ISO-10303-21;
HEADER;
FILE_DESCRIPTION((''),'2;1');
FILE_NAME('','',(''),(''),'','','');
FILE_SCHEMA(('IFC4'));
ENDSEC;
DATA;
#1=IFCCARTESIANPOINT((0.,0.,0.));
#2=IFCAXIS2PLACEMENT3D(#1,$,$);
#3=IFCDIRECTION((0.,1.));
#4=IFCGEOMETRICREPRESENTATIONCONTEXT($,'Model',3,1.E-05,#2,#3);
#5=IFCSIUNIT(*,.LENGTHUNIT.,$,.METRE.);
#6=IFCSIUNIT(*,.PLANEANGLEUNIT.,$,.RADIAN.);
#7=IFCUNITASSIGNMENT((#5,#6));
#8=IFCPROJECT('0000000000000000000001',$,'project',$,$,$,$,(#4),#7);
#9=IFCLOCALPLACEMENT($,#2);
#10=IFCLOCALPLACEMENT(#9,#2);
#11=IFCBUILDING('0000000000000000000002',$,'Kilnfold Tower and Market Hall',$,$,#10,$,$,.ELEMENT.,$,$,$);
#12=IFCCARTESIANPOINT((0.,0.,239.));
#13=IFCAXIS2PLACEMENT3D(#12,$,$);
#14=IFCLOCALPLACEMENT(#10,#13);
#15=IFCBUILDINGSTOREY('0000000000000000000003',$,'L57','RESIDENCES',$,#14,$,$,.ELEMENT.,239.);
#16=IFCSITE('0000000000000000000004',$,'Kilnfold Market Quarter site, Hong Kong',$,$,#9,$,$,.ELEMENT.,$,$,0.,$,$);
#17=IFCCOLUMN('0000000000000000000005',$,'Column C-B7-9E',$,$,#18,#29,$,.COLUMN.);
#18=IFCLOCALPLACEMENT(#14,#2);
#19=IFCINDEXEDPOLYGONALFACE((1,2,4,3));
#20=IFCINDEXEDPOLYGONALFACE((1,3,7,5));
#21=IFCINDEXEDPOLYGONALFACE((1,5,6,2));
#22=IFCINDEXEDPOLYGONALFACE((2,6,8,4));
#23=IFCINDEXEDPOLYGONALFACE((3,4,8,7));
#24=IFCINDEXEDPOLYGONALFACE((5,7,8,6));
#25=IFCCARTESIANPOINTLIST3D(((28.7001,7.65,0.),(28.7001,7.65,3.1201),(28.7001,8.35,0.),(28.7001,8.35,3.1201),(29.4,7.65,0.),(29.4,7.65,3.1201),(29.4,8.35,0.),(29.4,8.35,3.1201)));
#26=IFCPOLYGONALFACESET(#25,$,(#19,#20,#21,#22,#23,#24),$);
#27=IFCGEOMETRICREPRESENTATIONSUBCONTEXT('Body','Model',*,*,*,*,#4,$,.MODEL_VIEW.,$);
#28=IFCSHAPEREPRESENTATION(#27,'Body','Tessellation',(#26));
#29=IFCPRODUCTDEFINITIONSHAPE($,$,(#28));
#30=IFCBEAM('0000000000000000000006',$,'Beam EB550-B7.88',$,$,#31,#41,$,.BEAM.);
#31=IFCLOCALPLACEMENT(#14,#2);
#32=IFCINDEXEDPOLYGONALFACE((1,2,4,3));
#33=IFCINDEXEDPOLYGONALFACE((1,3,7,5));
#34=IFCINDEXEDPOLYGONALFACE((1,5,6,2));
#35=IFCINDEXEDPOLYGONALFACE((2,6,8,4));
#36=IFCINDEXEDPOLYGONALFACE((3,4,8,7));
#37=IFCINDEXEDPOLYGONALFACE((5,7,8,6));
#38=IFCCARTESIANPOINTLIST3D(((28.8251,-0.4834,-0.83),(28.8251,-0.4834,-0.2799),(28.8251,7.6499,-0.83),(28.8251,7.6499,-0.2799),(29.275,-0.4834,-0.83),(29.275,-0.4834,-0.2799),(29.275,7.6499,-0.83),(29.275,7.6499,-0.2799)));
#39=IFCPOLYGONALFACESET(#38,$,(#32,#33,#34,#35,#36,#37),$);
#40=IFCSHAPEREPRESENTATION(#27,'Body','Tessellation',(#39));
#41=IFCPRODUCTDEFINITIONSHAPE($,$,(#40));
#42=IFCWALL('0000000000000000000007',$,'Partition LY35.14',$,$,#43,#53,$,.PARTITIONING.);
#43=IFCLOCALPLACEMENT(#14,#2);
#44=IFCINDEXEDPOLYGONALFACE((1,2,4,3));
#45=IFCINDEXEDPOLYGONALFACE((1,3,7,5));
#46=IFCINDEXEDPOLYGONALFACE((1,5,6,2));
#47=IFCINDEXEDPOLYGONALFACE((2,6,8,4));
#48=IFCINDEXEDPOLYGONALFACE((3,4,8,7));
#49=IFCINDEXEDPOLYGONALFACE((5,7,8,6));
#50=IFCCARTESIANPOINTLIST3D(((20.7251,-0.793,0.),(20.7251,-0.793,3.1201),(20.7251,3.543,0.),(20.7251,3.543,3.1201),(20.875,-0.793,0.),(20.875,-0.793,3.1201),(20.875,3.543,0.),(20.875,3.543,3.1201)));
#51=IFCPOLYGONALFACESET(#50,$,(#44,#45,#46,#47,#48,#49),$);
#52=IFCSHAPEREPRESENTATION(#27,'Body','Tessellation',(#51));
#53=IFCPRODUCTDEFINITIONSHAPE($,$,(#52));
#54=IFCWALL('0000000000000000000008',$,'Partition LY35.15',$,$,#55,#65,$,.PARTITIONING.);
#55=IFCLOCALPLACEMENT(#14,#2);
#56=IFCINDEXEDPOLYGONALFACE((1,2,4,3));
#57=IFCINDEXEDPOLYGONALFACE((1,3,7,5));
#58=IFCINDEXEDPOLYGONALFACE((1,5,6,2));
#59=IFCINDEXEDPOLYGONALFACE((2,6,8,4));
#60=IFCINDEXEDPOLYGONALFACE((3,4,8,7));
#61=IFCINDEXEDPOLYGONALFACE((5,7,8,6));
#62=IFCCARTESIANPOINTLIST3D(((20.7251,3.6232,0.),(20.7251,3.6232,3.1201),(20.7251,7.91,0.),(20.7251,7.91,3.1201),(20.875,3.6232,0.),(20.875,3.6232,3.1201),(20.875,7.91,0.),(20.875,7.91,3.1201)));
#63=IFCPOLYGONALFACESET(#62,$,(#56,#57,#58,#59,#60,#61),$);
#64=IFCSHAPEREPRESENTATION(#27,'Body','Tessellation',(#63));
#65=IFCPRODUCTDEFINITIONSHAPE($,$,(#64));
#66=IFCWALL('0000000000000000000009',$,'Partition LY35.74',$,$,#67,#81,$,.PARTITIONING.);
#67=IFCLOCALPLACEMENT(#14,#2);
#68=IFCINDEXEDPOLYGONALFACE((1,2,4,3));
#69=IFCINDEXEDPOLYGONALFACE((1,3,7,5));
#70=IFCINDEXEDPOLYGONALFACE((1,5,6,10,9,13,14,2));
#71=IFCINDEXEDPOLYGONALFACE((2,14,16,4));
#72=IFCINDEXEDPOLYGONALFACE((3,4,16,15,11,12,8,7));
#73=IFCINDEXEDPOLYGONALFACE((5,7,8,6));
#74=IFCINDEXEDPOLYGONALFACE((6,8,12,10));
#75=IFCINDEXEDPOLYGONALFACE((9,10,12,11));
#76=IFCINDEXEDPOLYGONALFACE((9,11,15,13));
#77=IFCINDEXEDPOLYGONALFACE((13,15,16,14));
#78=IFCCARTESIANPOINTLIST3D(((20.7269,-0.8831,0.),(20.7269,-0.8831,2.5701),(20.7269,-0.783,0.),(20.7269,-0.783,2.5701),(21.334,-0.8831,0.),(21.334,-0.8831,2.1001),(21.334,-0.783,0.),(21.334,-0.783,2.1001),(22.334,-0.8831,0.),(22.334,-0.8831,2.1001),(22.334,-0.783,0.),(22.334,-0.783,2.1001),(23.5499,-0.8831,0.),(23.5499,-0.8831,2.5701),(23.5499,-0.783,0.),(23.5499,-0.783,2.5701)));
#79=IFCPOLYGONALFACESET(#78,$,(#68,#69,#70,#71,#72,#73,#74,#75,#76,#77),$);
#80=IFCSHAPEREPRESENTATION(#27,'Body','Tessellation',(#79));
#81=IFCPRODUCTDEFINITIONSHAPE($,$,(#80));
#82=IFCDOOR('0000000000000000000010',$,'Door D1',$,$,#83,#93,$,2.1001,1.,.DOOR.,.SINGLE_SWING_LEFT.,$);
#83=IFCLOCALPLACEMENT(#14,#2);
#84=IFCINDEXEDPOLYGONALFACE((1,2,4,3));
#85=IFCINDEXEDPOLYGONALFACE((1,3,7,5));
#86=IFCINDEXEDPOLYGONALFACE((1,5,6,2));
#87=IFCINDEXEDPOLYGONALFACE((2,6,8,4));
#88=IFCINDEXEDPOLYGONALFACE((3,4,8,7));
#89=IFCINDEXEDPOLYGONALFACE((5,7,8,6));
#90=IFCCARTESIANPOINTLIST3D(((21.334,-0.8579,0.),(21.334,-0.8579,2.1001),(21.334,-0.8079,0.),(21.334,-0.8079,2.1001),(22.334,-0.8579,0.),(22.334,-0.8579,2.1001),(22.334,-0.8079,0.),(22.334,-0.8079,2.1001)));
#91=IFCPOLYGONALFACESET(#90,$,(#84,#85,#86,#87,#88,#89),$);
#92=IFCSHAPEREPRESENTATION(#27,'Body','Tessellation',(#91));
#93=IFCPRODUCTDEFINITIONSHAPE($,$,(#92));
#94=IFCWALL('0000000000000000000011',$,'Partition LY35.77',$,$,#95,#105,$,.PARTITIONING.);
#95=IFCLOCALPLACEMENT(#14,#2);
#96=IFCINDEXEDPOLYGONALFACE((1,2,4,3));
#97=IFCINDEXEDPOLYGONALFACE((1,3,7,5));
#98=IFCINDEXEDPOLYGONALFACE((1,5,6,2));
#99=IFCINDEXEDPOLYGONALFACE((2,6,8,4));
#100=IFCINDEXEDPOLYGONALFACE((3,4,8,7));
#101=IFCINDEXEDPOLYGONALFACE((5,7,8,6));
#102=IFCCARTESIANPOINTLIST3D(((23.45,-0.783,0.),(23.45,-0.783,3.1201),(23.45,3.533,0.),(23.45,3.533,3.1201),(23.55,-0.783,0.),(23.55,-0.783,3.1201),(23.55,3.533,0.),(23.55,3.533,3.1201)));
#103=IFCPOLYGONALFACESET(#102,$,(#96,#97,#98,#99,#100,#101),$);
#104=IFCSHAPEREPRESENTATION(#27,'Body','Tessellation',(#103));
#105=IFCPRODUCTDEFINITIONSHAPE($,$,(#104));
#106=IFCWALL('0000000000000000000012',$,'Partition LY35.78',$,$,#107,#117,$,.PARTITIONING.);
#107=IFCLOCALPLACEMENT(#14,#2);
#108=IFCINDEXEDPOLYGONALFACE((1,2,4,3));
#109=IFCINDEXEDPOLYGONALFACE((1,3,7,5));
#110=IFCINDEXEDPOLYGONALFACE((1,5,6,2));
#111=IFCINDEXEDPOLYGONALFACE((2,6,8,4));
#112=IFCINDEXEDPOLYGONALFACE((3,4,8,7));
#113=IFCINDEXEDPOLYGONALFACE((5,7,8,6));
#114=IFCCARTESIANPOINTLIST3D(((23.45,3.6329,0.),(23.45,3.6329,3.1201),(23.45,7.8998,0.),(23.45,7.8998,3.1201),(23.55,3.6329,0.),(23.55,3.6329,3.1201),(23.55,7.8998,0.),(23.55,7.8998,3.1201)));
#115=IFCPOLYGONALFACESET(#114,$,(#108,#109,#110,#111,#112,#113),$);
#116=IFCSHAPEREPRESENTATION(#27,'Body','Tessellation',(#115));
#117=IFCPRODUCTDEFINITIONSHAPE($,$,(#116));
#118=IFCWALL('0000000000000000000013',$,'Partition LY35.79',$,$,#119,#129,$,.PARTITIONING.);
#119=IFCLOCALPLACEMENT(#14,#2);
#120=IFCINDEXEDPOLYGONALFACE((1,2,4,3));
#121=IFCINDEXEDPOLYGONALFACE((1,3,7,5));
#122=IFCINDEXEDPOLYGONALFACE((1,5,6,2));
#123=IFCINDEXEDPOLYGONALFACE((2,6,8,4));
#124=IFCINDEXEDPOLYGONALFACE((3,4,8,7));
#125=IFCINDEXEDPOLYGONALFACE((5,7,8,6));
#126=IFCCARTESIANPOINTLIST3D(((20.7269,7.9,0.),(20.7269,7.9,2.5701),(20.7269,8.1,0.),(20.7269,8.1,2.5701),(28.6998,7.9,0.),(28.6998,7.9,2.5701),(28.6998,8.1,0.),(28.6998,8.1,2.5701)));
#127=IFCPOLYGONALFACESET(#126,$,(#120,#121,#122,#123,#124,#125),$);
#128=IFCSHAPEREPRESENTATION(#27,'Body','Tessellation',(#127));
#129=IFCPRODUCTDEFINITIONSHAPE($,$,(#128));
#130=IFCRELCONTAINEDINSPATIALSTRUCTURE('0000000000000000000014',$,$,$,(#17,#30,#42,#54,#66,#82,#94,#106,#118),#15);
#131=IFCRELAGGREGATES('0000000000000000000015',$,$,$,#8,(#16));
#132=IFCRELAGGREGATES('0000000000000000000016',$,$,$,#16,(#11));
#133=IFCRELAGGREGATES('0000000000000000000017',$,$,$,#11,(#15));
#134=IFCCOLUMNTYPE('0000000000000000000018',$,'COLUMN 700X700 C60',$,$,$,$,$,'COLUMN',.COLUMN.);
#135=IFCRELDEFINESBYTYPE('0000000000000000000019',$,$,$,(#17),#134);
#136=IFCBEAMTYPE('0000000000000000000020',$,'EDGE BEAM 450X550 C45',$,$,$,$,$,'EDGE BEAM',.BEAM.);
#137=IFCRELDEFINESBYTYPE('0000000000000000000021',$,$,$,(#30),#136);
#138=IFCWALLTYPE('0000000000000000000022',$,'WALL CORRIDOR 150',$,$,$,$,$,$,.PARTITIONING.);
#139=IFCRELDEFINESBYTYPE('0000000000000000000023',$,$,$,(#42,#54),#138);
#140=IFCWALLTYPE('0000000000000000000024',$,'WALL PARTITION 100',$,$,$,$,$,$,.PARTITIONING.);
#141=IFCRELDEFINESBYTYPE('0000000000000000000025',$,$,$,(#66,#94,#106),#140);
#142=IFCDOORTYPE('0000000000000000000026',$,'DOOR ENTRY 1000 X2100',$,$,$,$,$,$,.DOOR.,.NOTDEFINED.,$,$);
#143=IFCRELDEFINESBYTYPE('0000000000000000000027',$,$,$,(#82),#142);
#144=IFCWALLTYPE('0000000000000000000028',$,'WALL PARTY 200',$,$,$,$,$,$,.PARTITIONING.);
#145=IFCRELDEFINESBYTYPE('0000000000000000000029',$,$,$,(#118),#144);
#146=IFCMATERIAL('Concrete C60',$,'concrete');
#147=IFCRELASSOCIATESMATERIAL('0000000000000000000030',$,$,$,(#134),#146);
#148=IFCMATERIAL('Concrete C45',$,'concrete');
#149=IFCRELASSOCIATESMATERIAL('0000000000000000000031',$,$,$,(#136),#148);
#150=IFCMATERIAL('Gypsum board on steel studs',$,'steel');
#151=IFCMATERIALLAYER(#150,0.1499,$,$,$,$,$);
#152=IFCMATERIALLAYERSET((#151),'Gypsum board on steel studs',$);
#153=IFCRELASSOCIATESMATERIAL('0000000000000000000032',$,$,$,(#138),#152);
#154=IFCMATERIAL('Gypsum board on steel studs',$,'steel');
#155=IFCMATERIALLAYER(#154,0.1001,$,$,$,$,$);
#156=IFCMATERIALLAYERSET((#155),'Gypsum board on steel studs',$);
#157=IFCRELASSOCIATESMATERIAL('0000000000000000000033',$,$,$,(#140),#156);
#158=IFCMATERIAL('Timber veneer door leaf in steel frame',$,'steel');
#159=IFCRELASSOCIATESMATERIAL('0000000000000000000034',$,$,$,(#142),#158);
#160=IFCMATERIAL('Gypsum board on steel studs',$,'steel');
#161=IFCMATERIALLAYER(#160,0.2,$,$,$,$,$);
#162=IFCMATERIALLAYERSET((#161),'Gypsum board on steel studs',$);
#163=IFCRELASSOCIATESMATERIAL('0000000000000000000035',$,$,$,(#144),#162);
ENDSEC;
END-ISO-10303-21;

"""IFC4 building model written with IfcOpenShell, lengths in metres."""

from ifc_helpers import new_model, si_unit, direction, frame, frame_2d, origin, origin_2d, place, context, subcontext, project, spatial, rectangle, extrude, source, transform, mapped, material, layer, layer_set, material_profile, profile_set, type_object, element, fill, save


model = new_model("IFC4")

# Units and contexts
model_context = context("Model", 3, precision=1e-05, world=origin(), true_north=direction((0.0, 1.0)))
body_context = subcontext(model_context, "Body", "Model", "MODEL_VIEW")
ifc_project = project(units=[si_unit("LENGTHUNIT", "METRE"), si_unit("PLANEANGLEUNIT", "RADIAN")], contexts=[model_context])

# Site, building, storey
site_placement = place(None, origin())
site = spatial("IfcSite", under=ifc_project, at=site_placement, Name="Kilnfold Market Quarter site, Hong Kong", CompositionType="ELEMENT", RefElevation=0.0)
building_placement = place(site_placement, origin())
building = spatial("IfcBuilding", under=site, at=building_placement, Name="Kilnfold Tower and Market Hall", CompositionType="ELEMENT")
storey_placement = place(building_placement, frame((0.0, 0.0, 239.0)))
storey = spatial("IfcBuildingStorey", under=building, at=storey_placement, Name="L57", Description="RESIDENCES", CompositionType="ELEMENT", Elevation=239.0)

# Column
ifc_material_1 = material(Name="Concrete C60", Category="concrete")
ifc_material_profile_1 = material_profile(ifc_material_1, rectangle(XDim=0.7, YDim=0.7, at=origin_2d()), Name="RC 700x700")
ifc_profile_set_1 = profile_set([ifc_material_profile_1], Name="Concrete C60")
column_type = type_object("IfcColumnType", Name="COLUMN 700X700 C60", ElementType="COLUMN", PredefinedType="COLUMN", material=ifc_profile_set_1)
shared_shape_1 = source(origin(), body_context, "Body", "SweptSolid", [
    extrude(rectangle(XDim=0.7, YDim=0.7, at=origin_2d()), origin(), (0.0, 0.0, 1.0), 3.1201),
])
column_placement = place(storey_placement, frame((29.05, 8.0, 0.0), z_axis=(0.0, 0.0, 1.0), x_axis=(1.0, 0.0, 0.0)))
element("IfcColumn", 1, at=column_placement, inside=storey, type_object=column_type, Name="Column C-B7-9E", PredefinedType="COLUMN", context=body_context, shape_type="MappedRepresentation", body=[
    mapped(shared_shape_1, transform((0.0, 0.0, 0.0))),
])

# Beam
ifc_material_2 = material(Name="Concrete C45", Category="concrete")
ifc_material_profile_2 = material_profile(ifc_material_2, rectangle(XDim=0.45, YDim=0.55, at=origin_2d()), Name="RC 450x550")
ifc_profile_set_2 = profile_set([ifc_material_profile_2], Name="Concrete C45")
beam_type = type_object("IfcBeamType", Name="EDGE BEAM 450X550 C45", ElementType="EDGE BEAM", PredefinedType="BEAM", material=ifc_profile_set_2)
shared_shape_2 = source(origin(), body_context, "Body", "SweptSolid", [
    extrude(rectangle(XDim=0.45, YDim=0.55, at=origin_2d()), origin(), (0.0, 0.0, 1.0), 8.1333),
])
beam_placement = place(storey_placement, frame((29.05, -0.4834, -0.5549), z_axis=(0.0, 1.0, 0.0), x_axis=(-1.0, 0.0, 0.0)))
element("IfcBeam", 2, at=beam_placement, inside=storey, type_object=beam_type, Name="Beam EB550-B7.88", PredefinedType="BEAM", context=body_context, shape_type="MappedRepresentation", body=[
    mapped(shared_shape_2, transform((0.0, 0.0, 0.0))),
])

# Walls
ifc_material_3 = material(Name="Gypsum board on steel studs", Category="steel")
ifc_layer_1 = layer(ifc_material_3, 0.1499)
ifc_layer_set_1 = layer_set([ifc_layer_1], Name="Gypsum board on steel studs")
wall_type_1 = type_object("IfcWallType", Name="WALL CORRIDOR 150", PredefinedType="PARTITIONING", material=ifc_layer_set_1)
wall_1_placement = place(storey_placement, frame((20.8, -0.793, 0.0), z_axis=(0.0, 0.0, 1.0), x_axis=(0.0, 1.0, 0.0)))
element("IfcWall", 3, at=wall_1_placement, inside=storey, type_object=wall_type_1, Name="Partition LY35.14", PredefinedType="PARTITIONING", context=body_context, shape_type="SweptSolid", body=[
    extrude(rectangle(XDim=4.3359, YDim=0.1499, at=frame_2d((2.168, 0.0))), origin(), (0.0, 0.0, 1.0), 3.1201),
])
wall_2_placement = place(storey_placement, frame((20.8, 3.623, 0.0), z_axis=(0.0, 0.0, 1.0), x_axis=(0.0, 1.0, 0.0)))
element("IfcWall", 4, at=wall_2_placement, inside=storey, type_object=wall_type_1, Name="Partition LY35.15", PredefinedType="PARTITIONING", context=body_context, shape_type="SweptSolid", body=[
    extrude(rectangle(XDim=4.2869, YDim=0.1499, at=frame_2d((2.1436, 0.0))), origin(), (0.0, 0.0, 1.0), 3.1201),
])

# Wall, opening, door
ifc_material_4 = material(Name="Gypsum board on steel studs", Category="steel")
ifc_layer_2 = layer(ifc_material_4, 0.1001)
ifc_layer_set_2 = layer_set([ifc_layer_2], Name="Gypsum board on steel studs")
wall_type_2 = type_object("IfcWallType", Name="WALL PARTITION 100", PredefinedType="PARTITIONING", material=ifc_layer_set_2)
wall_3_placement = place(storey_placement, frame((23.55, -0.833, 0.0), z_axis=(0.0, 0.0, 1.0), x_axis=(-1.0, 0.0, 0.0)))
wall_3 = element("IfcWall", 5, at=wall_3_placement, inside=storey, type_object=wall_type_2, Name="Partition LY35.74", PredefinedType="PARTITIONING", context=body_context, shape_type="SweptSolid", body=[
    extrude(rectangle(XDim=2.823, YDim=0.1001, at=frame_2d((1.4116, 0.0))), origin(), (0.0, 0.0, 1.0), 2.5701),
])
opening_1_placement = place(wall_3_placement, frame((1.2161, 0.0, 0.0)))
opening_1 = element("IfcOpeningElement", 6, at=opening_1_placement, cuts=wall_3, PredefinedType="OPENING", context=body_context, shape_type="SweptSolid", body=[
    extrude(rectangle(XDim=1.0, YDim=2.1001, at=frame_2d((0.5, 1.05))), frame((0.0, 0.0601, 0.0), z_axis=(0.0, -1.0, 0.0), x_axis=(1.0, 0.0, 0.0)), (0.0, 0.0, 1.0), 0.1201),
])
ifc_material_5 = material(Name="Timber veneer door leaf in steel frame", Category="steel")
door_type_1 = type_object("IfcDoorType", Name="DOOR ENTRY 1000 X2100", OperationType="NOTDEFINED", PredefinedType="DOOR", material=ifc_material_5)
door_1_placement = place(opening_1_placement, origin())
door_1 = element("IfcDoor", 7, at=door_1_placement, inside=storey, type_object=door_type_1, Name="Door D1", OperationType="SINGLE_SWING_LEFT", OverallHeight=2.1001, OverallWidth=1.0, PredefinedType="DOOR", context=body_context, shape_type="SweptSolid", body=[
    extrude(rectangle(XDim=1.0, YDim=2.1001, at=frame_2d((0.5, 1.05))), frame((0.0, 0.0249, 0.0), z_axis=(0.0, -1.0, 0.0), x_axis=(1.0, 0.0, 0.0)), (0.0, 0.0, 1.0), 0.05),
])
fill(opening_1, door_1)

# Walls
wall_4_placement = place(storey_placement, frame((23.5, -0.783, 0.0), z_axis=(0.0, 0.0, 1.0), x_axis=(0.0, 1.0, 0.0)))
element("IfcWall", 8, at=wall_4_placement, inside=storey, type_object=wall_type_2, Name="Partition LY35.77", PredefinedType="PARTITIONING", context=body_context, shape_type="SweptSolid", body=[
    extrude(rectangle(XDim=4.3159, YDim=0.1001, at=frame_2d((2.158, 0.0))), origin(), (0.0, 0.0, 1.0), 3.1201),
])
wall_5_placement = place(storey_placement, frame((23.5, 3.6331, 0.0), z_axis=(0.0, 0.0, 1.0), x_axis=(0.0, 1.0, 0.0)))
element("IfcWall", 9, at=wall_5_placement, inside=storey, type_object=wall_type_2, Name="Partition LY35.78", PredefinedType="PARTITIONING", context=body_context, shape_type="SweptSolid", body=[
    extrude(rectangle(XDim=4.2668, YDim=0.1001, at=frame_2d((2.1333, 0.0))), origin(), (0.0, 0.0, 1.0), 3.1201),
])
ifc_material_6 = material(Name="Gypsum board on steel studs", Category="steel")
ifc_layer_3 = layer(ifc_material_6, 0.2)
ifc_layer_set_3 = layer_set([ifc_layer_3], Name="Gypsum board on steel studs")
wall_type_3 = type_object("IfcWallType", Name="WALL PARTY 200", PredefinedType="PARTITIONING", material=ifc_layer_set_3)
wall_6_placement = place(storey_placement, frame((20.7271, 8.0, 0.0), z_axis=(0.0, 0.0, 1.0), x_axis=(1.0, 0.0, 0.0)))
element("IfcWall", 10, at=wall_6_placement, inside=storey, type_object=wall_type_3, Name="Partition LY35.79", PredefinedType="PARTITIONING", context=body_context, shape_type="SweptSolid", body=[
    extrude(rectangle(XDim=7.9729, YDim=0.2, at=frame_2d((3.9863, 0.0))), origin(), (0.0, 0.0, 1.0), 2.5701),
])

save(model, "model.ifc")
